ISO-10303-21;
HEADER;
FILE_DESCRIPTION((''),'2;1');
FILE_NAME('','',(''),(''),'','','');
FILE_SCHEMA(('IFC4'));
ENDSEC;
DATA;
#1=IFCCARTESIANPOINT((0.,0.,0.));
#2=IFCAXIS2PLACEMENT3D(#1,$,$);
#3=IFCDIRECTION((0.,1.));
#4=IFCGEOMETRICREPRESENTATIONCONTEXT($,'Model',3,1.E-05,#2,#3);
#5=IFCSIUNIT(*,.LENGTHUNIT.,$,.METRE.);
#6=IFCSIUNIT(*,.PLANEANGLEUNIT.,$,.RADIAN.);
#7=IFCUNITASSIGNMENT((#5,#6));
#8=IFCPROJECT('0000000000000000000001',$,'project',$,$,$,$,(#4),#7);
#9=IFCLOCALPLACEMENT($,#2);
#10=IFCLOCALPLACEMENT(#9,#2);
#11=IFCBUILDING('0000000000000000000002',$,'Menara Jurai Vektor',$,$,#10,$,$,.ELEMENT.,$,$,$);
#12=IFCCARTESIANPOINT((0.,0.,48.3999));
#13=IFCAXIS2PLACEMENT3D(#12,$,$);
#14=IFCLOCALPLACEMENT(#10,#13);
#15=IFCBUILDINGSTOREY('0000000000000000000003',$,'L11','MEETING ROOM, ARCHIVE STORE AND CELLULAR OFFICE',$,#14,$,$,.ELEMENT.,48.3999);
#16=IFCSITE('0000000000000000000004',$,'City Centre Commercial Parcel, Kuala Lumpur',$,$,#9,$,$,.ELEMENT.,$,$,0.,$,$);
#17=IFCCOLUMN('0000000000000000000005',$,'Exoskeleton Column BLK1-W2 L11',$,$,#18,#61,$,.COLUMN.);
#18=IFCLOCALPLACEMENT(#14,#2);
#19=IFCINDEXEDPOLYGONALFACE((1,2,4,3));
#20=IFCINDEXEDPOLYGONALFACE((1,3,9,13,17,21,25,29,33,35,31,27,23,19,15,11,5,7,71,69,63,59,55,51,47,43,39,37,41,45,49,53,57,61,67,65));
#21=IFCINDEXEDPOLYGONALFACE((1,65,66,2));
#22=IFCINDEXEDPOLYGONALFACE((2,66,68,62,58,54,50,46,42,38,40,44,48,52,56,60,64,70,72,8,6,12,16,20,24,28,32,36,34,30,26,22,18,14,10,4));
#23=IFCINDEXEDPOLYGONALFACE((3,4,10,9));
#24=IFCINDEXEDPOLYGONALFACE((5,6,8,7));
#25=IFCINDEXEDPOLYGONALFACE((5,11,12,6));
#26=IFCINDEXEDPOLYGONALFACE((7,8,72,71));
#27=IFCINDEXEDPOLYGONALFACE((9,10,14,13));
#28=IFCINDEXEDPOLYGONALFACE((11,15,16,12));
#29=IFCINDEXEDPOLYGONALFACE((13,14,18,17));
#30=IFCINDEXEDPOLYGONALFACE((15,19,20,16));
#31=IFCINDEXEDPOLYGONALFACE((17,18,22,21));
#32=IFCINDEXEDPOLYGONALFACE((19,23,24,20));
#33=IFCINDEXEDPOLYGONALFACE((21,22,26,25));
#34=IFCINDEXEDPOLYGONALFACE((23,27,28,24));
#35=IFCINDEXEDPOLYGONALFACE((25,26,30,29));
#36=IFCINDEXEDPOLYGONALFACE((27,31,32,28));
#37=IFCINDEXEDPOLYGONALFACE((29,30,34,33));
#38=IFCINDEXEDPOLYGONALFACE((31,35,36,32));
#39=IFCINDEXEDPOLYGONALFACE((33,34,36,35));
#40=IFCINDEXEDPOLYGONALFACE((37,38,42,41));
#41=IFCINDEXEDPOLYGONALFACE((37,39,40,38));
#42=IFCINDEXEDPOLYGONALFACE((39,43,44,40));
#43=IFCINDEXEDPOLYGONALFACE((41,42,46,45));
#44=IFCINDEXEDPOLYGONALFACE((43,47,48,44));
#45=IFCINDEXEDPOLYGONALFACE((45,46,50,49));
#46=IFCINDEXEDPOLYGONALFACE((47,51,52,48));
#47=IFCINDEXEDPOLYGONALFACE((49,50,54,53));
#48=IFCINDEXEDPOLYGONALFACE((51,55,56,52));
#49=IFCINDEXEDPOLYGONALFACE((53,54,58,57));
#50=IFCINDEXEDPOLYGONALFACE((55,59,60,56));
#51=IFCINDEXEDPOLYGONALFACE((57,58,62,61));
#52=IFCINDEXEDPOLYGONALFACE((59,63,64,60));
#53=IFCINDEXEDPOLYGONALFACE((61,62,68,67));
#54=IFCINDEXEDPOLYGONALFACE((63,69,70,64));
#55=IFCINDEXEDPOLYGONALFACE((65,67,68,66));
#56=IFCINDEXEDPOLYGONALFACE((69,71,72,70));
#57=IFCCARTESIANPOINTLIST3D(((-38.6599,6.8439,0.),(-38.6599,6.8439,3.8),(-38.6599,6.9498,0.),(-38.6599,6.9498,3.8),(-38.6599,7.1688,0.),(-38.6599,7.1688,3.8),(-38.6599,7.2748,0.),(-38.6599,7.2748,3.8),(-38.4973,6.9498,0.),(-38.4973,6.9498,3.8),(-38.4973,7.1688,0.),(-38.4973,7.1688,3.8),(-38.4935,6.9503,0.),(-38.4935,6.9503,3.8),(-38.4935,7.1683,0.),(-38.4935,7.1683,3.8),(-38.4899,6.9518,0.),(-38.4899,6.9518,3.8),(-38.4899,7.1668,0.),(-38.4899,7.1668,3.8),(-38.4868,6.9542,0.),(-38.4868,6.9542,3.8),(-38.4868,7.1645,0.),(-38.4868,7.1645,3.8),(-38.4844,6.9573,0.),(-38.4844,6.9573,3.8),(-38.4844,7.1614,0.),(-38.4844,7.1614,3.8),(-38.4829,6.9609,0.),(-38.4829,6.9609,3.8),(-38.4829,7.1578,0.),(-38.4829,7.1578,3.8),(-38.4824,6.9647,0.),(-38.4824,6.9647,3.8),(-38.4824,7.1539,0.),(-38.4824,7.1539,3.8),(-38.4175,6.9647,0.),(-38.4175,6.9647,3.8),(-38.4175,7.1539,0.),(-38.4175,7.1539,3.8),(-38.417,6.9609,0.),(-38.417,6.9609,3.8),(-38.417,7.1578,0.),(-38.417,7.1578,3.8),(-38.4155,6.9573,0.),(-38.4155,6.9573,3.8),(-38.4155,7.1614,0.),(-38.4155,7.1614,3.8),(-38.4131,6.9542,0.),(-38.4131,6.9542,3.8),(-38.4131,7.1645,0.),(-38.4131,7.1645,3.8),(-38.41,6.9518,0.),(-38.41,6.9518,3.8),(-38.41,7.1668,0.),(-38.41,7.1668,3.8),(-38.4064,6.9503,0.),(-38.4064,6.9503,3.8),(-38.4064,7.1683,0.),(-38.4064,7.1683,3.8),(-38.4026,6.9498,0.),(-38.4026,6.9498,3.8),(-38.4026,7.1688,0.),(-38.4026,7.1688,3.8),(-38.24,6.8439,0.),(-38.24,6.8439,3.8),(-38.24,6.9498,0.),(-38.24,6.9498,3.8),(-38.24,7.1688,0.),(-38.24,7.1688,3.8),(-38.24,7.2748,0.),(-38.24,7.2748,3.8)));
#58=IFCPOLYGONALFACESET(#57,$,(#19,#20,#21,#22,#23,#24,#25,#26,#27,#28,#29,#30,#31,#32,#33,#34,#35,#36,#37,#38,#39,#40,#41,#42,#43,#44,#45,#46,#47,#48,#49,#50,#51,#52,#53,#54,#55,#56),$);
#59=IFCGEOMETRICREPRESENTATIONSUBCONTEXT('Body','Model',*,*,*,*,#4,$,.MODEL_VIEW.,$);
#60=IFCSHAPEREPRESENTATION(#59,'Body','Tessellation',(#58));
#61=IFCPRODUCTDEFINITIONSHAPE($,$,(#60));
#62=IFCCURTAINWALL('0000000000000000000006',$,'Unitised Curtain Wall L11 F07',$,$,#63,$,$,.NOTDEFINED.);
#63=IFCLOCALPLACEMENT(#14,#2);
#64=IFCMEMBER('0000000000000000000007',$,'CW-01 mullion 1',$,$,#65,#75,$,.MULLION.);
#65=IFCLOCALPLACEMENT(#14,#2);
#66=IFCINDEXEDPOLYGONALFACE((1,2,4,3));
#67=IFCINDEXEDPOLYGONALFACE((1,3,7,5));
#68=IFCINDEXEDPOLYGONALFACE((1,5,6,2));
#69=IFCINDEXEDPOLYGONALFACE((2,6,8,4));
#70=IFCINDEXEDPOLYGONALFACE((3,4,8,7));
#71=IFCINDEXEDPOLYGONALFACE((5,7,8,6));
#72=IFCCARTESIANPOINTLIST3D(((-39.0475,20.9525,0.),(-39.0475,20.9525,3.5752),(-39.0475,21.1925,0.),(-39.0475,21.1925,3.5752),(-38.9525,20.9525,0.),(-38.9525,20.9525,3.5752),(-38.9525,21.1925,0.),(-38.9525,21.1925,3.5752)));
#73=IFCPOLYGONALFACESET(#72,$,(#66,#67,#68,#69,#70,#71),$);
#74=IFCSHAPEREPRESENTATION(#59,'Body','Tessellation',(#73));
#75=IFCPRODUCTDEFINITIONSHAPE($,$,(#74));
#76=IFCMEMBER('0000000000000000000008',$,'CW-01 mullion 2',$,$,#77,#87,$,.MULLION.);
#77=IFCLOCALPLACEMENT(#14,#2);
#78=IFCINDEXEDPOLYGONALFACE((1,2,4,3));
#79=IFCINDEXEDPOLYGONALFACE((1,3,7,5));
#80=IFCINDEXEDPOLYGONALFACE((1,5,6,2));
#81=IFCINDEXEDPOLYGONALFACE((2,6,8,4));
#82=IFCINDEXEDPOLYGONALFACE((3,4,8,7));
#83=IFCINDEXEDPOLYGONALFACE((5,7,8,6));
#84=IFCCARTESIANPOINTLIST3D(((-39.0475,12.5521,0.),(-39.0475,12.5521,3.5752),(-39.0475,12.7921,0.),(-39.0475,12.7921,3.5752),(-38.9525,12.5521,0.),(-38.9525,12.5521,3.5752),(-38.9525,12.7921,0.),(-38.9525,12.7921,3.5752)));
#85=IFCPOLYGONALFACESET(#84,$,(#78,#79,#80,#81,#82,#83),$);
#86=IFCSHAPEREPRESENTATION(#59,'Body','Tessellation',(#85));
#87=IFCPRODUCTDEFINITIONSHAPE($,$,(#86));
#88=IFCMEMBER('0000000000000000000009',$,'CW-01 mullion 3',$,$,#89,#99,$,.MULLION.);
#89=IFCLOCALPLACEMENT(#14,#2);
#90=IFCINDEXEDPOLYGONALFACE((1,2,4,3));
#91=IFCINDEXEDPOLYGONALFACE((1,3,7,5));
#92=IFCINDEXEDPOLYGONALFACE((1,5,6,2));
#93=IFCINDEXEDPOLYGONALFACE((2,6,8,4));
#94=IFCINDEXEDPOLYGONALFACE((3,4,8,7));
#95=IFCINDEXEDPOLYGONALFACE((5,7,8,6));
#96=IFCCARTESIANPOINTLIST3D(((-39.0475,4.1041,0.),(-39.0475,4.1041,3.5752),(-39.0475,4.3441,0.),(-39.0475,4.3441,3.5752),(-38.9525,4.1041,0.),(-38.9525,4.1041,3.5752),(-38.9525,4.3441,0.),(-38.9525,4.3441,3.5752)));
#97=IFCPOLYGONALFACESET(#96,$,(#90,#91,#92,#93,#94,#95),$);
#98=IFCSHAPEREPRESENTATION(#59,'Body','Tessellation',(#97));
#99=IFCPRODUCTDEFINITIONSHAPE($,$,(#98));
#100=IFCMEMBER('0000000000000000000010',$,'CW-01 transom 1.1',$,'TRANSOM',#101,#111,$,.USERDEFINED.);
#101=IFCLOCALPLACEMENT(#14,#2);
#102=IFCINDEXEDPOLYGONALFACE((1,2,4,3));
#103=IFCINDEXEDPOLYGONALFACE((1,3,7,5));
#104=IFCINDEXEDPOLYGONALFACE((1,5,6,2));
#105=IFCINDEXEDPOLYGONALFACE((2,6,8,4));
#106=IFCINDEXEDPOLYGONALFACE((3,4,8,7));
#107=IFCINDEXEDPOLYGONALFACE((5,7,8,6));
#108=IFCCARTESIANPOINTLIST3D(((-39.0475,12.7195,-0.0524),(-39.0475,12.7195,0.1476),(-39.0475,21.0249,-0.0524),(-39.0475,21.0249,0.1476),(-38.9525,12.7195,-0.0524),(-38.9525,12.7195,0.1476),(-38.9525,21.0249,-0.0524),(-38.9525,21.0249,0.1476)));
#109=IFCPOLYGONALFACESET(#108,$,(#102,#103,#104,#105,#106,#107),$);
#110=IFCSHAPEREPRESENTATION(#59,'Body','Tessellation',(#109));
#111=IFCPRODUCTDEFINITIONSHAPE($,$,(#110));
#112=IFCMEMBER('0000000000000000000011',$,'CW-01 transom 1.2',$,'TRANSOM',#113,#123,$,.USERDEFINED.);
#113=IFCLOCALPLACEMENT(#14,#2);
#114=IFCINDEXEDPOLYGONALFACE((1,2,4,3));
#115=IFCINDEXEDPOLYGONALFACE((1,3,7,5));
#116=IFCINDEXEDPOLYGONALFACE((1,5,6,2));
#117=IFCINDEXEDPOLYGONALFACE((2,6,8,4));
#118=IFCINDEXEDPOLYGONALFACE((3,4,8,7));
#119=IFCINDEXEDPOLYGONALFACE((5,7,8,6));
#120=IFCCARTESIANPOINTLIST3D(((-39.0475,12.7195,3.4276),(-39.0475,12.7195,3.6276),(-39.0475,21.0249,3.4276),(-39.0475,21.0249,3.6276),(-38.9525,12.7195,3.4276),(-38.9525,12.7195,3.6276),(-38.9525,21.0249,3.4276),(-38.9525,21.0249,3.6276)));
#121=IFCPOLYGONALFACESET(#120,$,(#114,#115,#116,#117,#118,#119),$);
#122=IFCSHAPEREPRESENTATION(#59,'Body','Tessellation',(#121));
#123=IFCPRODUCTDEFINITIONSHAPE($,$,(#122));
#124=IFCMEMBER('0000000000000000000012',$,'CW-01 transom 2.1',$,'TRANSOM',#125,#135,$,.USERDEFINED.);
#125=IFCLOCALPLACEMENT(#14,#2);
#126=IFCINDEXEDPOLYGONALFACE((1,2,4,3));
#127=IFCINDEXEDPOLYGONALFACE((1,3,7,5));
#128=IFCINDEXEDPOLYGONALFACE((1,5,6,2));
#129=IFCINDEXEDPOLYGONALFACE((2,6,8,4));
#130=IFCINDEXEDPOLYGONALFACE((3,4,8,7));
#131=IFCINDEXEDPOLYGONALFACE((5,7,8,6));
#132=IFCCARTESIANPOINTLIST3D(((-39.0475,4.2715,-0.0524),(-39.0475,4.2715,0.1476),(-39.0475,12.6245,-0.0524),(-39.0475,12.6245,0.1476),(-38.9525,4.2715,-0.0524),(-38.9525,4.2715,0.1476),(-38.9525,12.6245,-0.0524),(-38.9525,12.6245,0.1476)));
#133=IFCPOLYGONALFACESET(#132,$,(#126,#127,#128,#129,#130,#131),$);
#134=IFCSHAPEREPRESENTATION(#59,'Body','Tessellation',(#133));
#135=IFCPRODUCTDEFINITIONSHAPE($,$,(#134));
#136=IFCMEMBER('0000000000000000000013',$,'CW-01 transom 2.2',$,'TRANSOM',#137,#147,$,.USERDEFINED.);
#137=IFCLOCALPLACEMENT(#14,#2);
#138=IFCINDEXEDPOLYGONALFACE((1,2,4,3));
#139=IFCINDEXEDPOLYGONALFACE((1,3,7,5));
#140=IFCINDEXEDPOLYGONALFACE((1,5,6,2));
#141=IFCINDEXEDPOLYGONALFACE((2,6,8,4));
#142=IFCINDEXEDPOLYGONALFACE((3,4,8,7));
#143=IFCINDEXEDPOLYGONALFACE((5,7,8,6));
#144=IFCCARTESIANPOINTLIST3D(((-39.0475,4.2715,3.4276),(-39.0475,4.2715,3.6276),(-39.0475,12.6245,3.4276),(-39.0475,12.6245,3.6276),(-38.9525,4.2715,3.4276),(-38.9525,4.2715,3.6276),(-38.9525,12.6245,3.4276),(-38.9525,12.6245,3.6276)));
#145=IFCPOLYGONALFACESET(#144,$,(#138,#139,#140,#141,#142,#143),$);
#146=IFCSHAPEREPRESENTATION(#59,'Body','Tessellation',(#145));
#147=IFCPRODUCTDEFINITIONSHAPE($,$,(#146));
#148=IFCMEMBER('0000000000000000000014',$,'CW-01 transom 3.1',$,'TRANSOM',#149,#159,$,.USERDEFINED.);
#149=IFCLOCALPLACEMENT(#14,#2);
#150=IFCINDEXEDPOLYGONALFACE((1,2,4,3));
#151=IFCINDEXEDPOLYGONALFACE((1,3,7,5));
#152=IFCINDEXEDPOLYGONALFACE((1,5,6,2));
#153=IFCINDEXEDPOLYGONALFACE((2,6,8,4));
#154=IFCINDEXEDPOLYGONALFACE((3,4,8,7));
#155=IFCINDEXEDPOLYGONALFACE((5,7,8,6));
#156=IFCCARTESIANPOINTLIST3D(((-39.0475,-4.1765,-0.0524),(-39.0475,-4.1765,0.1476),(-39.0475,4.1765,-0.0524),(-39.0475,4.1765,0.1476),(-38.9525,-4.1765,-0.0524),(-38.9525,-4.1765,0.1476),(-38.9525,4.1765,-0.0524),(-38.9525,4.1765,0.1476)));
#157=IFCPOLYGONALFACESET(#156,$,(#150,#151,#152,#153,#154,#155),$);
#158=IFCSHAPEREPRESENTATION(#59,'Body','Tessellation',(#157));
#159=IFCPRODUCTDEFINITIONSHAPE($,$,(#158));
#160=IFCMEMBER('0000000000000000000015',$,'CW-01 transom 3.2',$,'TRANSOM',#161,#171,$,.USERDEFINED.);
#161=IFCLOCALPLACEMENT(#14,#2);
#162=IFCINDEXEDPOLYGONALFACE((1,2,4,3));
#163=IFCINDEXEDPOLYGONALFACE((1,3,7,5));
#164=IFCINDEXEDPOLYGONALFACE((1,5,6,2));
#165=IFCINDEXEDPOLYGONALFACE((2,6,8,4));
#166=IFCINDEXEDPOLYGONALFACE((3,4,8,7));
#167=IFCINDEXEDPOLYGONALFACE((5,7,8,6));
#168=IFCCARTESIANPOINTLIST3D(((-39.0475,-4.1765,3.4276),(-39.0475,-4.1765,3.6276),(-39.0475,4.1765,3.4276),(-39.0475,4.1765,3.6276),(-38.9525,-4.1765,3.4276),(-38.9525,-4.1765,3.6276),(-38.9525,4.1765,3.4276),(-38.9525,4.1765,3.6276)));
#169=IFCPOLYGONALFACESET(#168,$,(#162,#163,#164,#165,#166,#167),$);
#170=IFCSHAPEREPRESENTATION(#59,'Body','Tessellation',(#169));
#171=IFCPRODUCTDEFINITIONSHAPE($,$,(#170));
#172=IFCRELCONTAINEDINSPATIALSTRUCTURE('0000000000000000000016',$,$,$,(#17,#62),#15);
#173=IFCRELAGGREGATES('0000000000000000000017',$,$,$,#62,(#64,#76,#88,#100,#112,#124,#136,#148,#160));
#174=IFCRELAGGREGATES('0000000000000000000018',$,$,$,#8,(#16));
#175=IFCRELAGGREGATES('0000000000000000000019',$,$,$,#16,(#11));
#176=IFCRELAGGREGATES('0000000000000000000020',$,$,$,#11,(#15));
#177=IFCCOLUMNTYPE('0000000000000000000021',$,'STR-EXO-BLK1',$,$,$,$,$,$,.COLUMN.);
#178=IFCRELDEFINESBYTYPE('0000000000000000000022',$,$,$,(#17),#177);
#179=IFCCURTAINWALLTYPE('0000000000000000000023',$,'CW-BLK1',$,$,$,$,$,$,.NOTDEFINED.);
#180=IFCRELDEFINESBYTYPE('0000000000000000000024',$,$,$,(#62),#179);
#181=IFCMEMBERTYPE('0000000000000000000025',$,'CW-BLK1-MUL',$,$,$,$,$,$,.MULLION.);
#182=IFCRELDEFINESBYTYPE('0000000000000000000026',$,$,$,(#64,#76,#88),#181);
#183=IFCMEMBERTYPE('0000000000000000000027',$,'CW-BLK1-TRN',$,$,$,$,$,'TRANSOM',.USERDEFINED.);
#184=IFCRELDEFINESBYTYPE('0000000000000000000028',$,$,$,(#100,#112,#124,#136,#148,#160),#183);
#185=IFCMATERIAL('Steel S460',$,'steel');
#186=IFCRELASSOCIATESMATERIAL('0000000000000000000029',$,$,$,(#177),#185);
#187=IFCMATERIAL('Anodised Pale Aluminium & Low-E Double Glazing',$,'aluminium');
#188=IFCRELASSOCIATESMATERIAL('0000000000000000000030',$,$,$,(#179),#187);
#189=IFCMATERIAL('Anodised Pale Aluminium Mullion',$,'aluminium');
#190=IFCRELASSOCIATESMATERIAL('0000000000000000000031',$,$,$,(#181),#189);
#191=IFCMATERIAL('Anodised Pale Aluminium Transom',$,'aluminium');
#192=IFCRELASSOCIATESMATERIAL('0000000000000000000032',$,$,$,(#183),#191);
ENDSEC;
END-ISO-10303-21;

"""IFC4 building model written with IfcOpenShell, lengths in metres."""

from ifc_helpers import new_model, si_unit, direction, frame, origin, origin_2d, place, context, subcontext, project, spatial, rectangle, i_section, extrude, material, material_profile, profile_set, type_object, element, aggregate, save


model = new_model("IFC4")

# Units and contexts
model_context = context("Model", 3, precision=1e-05, world=origin(), true_north=direction((0.0, 1.0)))
body_context = subcontext(model_context, "Body", "Model", "MODEL_VIEW")
ifc_project = project(units=[si_unit("LENGTHUNIT", "METRE"), si_unit("PLANEANGLEUNIT", "RADIAN")], contexts=[model_context])

# Site, building, storey
site_placement = place(None, origin())
site = spatial("IfcSite", under=ifc_project, at=site_placement, Name="City Centre Commercial Parcel, Kuala Lumpur", CompositionType="ELEMENT", RefElevation=0.0)
building_placement = place(site_placement, origin())
building = spatial("IfcBuilding", under=site, at=building_placement, Name="Menara Jurai Vektor", CompositionType="ELEMENT")
storey_placement = place(building_placement, frame((0.0, 0.0, 48.3999)))
storey = spatial("IfcBuildingStorey", under=building, at=storey_placement, Name="L11", Description="MEETING ROOM, ARCHIVE STORE AND CELLULAR OFFICE", CompositionType="ELEMENT", Elevation=48.3999)

# Column
ifc_material_1 = material(Name="Steel S460", Category="steel")
ifc_material_profile_1 = material_profile(ifc_material_1, i_section(OverallWidth=0.4199, OverallDepth=0.4309, WebThickness=0.0649, FlangeThickness=0.106, FilletRadius=0.0149, at=origin_2d()), Name="HD 400x900")
ifc_profile_set_1 = profile_set([ifc_material_profile_1], Name="Steel S460")
column_type = type_object("IfcColumnType", Name="STR-EXO-BLK1", PredefinedType="COLUMN", material=ifc_profile_set_1)
column_placement = place(storey_placement, frame((-38.45, 7.0593, 0.0), z_axis=(0.0, 0.0, 1.0), x_axis=(1.0, 0.0, 0.0)))
element("IfcColumn", 1, at=column_placement, inside=storey, type_object=column_type, Name="Exoskeleton Column BLK1-W2 L11", PredefinedType="COLUMN", context=body_context, shape_type="SweptSolid", body=[
    extrude(i_section(OverallWidth=0.4199, OverallDepth=0.4309, WebThickness=0.0649, FlangeThickness=0.106, FilletRadius=0.0149, at=origin_2d()), origin(), (0.0, 0.0, 1.0), 3.8),
])

# Curtain wall, members
ifc_material_2 = material(Name="Anodised Pale Aluminium & Low-E Double Glazing", Category="aluminium")
curtain_wall_type = type_object("IfcCurtainWallType", Name="CW-BLK1", PredefinedType="NOTDEFINED", material=ifc_material_2)
curtain_wall_placement = place(storey_placement, origin())
curtain_wall = element("IfcCurtainWall", 2, at=curtain_wall_placement, inside=storey, type_object=curtain_wall_type, Name="Unitised Curtain Wall L11 F07", PredefinedType="NOTDEFINED")
ifc_material_3 = material(Name="Anodised Pale Aluminium Mullion", Category="aluminium")
ifc_material_profile_2 = material_profile(ifc_material_3, rectangle(XDim=0.095, YDim=0.24, at=origin_2d()), Name="ALU MUL 95x240")
ifc_profile_set_2 = profile_set([ifc_material_profile_2], Name="Anodised Pale Aluminium Mullion")
member_type_1 = type_object("IfcMemberType", Name="CW-BLK1-MUL", PredefinedType="MULLION", material=ifc_profile_set_2)
member_1_placement = place(storey_placement, frame((-39.0, 21.0725, 0.0), z_axis=(0.0, 0.0, 1.0), x_axis=(1.0, 0.0, 0.0)))
member_1 = element("IfcMember", 3, at=member_1_placement, type_object=member_type_1, Name="CW-01 mullion 1", PredefinedType="MULLION", context=body_context, shape_type="SweptSolid", body=[
    extrude(rectangle(XDim=0.095, YDim=0.24, at=origin_2d()), origin(), (0.0, 0.0, 1.0), 3.5752),
])
member_2_placement = place(storey_placement, frame((-39.0, 12.6721, 0.0), z_axis=(0.0, 0.0, 1.0), x_axis=(1.0, 0.0, 0.0)))
member_2 = element("IfcMember", 4, at=member_2_placement, type_object=member_type_1, Name="CW-01 mullion 2", PredefinedType="MULLION", context=body_context, shape_type="SweptSolid", body=[
    extrude(rectangle(XDim=0.095, YDim=0.24, at=origin_2d()), origin(), (0.0, 0.0, 1.0), 3.5752),
])
member_3_placement = place(storey_placement, frame((-39.0, 4.2241, 0.0), z_axis=(0.0, 0.0, 1.0), x_axis=(1.0, 0.0, 0.0)))
member_3 = element("IfcMember", 5, at=member_3_placement, type_object=member_type_1, Name="CW-01 mullion 3", PredefinedType="MULLION", context=body_context, shape_type="SweptSolid", body=[
    extrude(rectangle(XDim=0.095, YDim=0.24, at=origin_2d()), origin(), (0.0, 0.0, 1.0), 3.5752),
])
ifc_material_4 = material(Name="Anodised Pale Aluminium Transom", Category="aluminium")
ifc_material_profile_3 = material_profile(ifc_material_4, rectangle(XDim=0.095, YDim=0.2, at=origin_2d()), Name="ALU TRN 95x200")
ifc_profile_set_3 = profile_set([ifc_material_profile_3], Name="Anodised Pale Aluminium Transom")
member_type_2 = type_object("IfcMemberType", Name="CW-BLK1-TRN", ElementType="TRANSOM", PredefinedType="USERDEFINED", material=ifc_profile_set_3)
member_4_placement = place(storey_placement, frame((-39.0, 21.0249, 0.0476), z_axis=(0.0, -1.0, 0.0), x_axis=(1.0, 0.0, 0.0)))
member_4 = element("IfcMember", 6, at=member_4_placement, type_object=member_type_2, Name="CW-01 transom 1.1", ObjectType="TRANSOM", PredefinedType="USERDEFINED", context=body_context, shape_type="SweptSolid", body=[
    extrude(rectangle(XDim=0.095, YDim=0.2, at=origin_2d()), origin(), (0.0, 0.0, 1.0), 8.3054),
])
member_5_placement = place(storey_placement, frame((-39.0, 21.0249, 3.5276), z_axis=(0.0, -1.0, 0.0), x_axis=(1.0, 0.0, 0.0)))
member_5 = element("IfcMember", 7, at=member_5_placement, type_object=member_type_2, Name="CW-01 transom 1.2", ObjectType="TRANSOM", PredefinedType="USERDEFINED", context=body_context, shape_type="SweptSolid", body=[
    extrude(rectangle(XDim=0.095, YDim=0.2, at=origin_2d()), origin(), (0.0, 0.0, 1.0), 8.3054),
])
member_6_placement = place(storey_placement, frame((-39.0, 12.6245, 0.0476), z_axis=(0.0, -1.0, 0.0), x_axis=(1.0, 0.0, 0.0)))
member_6 = element("IfcMember", 8, at=member_6_placement, type_object=member_type_2, Name="CW-01 transom 2.1", ObjectType="TRANSOM", PredefinedType="USERDEFINED", context=body_context, shape_type="SweptSolid", body=[
    extrude(rectangle(XDim=0.095, YDim=0.2, at=origin_2d()), origin(), (0.0, 0.0, 1.0), 8.353),
])
member_7_placement = place(storey_placement, frame((-39.0, 12.6245, 3.5276), z_axis=(0.0, -1.0, 0.0), x_axis=(1.0, 0.0, 0.0)))
member_7 = element("IfcMember", 9, at=member_7_placement, type_object=member_type_2, Name="CW-01 transom 2.2", ObjectType="TRANSOM", PredefinedType="USERDEFINED", context=body_context, shape_type="SweptSolid", body=[
    extrude(rectangle(XDim=0.095, YDim=0.2, at=origin_2d()), origin(), (0.0, 0.0, 1.0), 8.353),
])
member_8_placement = place(storey_placement, frame((-39.0, 4.1765, 0.0476), z_axis=(0.0, -1.0, 0.0), x_axis=(1.0, 0.0, 0.0)))
member_8 = element("IfcMember", 10, at=member_8_placement, type_object=member_type_2, Name="CW-01 transom 3.1", ObjectType="TRANSOM", PredefinedType="USERDEFINED", context=body_context, shape_type="SweptSolid", body=[
    extrude(rectangle(XDim=0.095, YDim=0.2, at=origin_2d()), origin(), (0.0, 0.0, 1.0), 8.353),
])
member_9_placement = place(storey_placement, frame((-39.0, 4.1765, 3.5276), z_axis=(0.0, -1.0, 0.0), x_axis=(1.0, 0.0, 0.0)))
member_9 = element("IfcMember", 11, at=member_9_placement, type_object=member_type_2, Name="CW-01 transom 3.2", ObjectType="TRANSOM", PredefinedType="USERDEFINED", context=body_context, shape_type="SweptSolid", body=[
    extrude(rectangle(XDim=0.095, YDim=0.2, at=origin_2d()), origin(), (0.0, 0.0, 1.0), 8.353),
])

aggregate(curtain_wall, [member_1, member_2, member_3, member_4, member_5, member_6, member_7, member_8, member_9])

save(model, "model.ifc")
